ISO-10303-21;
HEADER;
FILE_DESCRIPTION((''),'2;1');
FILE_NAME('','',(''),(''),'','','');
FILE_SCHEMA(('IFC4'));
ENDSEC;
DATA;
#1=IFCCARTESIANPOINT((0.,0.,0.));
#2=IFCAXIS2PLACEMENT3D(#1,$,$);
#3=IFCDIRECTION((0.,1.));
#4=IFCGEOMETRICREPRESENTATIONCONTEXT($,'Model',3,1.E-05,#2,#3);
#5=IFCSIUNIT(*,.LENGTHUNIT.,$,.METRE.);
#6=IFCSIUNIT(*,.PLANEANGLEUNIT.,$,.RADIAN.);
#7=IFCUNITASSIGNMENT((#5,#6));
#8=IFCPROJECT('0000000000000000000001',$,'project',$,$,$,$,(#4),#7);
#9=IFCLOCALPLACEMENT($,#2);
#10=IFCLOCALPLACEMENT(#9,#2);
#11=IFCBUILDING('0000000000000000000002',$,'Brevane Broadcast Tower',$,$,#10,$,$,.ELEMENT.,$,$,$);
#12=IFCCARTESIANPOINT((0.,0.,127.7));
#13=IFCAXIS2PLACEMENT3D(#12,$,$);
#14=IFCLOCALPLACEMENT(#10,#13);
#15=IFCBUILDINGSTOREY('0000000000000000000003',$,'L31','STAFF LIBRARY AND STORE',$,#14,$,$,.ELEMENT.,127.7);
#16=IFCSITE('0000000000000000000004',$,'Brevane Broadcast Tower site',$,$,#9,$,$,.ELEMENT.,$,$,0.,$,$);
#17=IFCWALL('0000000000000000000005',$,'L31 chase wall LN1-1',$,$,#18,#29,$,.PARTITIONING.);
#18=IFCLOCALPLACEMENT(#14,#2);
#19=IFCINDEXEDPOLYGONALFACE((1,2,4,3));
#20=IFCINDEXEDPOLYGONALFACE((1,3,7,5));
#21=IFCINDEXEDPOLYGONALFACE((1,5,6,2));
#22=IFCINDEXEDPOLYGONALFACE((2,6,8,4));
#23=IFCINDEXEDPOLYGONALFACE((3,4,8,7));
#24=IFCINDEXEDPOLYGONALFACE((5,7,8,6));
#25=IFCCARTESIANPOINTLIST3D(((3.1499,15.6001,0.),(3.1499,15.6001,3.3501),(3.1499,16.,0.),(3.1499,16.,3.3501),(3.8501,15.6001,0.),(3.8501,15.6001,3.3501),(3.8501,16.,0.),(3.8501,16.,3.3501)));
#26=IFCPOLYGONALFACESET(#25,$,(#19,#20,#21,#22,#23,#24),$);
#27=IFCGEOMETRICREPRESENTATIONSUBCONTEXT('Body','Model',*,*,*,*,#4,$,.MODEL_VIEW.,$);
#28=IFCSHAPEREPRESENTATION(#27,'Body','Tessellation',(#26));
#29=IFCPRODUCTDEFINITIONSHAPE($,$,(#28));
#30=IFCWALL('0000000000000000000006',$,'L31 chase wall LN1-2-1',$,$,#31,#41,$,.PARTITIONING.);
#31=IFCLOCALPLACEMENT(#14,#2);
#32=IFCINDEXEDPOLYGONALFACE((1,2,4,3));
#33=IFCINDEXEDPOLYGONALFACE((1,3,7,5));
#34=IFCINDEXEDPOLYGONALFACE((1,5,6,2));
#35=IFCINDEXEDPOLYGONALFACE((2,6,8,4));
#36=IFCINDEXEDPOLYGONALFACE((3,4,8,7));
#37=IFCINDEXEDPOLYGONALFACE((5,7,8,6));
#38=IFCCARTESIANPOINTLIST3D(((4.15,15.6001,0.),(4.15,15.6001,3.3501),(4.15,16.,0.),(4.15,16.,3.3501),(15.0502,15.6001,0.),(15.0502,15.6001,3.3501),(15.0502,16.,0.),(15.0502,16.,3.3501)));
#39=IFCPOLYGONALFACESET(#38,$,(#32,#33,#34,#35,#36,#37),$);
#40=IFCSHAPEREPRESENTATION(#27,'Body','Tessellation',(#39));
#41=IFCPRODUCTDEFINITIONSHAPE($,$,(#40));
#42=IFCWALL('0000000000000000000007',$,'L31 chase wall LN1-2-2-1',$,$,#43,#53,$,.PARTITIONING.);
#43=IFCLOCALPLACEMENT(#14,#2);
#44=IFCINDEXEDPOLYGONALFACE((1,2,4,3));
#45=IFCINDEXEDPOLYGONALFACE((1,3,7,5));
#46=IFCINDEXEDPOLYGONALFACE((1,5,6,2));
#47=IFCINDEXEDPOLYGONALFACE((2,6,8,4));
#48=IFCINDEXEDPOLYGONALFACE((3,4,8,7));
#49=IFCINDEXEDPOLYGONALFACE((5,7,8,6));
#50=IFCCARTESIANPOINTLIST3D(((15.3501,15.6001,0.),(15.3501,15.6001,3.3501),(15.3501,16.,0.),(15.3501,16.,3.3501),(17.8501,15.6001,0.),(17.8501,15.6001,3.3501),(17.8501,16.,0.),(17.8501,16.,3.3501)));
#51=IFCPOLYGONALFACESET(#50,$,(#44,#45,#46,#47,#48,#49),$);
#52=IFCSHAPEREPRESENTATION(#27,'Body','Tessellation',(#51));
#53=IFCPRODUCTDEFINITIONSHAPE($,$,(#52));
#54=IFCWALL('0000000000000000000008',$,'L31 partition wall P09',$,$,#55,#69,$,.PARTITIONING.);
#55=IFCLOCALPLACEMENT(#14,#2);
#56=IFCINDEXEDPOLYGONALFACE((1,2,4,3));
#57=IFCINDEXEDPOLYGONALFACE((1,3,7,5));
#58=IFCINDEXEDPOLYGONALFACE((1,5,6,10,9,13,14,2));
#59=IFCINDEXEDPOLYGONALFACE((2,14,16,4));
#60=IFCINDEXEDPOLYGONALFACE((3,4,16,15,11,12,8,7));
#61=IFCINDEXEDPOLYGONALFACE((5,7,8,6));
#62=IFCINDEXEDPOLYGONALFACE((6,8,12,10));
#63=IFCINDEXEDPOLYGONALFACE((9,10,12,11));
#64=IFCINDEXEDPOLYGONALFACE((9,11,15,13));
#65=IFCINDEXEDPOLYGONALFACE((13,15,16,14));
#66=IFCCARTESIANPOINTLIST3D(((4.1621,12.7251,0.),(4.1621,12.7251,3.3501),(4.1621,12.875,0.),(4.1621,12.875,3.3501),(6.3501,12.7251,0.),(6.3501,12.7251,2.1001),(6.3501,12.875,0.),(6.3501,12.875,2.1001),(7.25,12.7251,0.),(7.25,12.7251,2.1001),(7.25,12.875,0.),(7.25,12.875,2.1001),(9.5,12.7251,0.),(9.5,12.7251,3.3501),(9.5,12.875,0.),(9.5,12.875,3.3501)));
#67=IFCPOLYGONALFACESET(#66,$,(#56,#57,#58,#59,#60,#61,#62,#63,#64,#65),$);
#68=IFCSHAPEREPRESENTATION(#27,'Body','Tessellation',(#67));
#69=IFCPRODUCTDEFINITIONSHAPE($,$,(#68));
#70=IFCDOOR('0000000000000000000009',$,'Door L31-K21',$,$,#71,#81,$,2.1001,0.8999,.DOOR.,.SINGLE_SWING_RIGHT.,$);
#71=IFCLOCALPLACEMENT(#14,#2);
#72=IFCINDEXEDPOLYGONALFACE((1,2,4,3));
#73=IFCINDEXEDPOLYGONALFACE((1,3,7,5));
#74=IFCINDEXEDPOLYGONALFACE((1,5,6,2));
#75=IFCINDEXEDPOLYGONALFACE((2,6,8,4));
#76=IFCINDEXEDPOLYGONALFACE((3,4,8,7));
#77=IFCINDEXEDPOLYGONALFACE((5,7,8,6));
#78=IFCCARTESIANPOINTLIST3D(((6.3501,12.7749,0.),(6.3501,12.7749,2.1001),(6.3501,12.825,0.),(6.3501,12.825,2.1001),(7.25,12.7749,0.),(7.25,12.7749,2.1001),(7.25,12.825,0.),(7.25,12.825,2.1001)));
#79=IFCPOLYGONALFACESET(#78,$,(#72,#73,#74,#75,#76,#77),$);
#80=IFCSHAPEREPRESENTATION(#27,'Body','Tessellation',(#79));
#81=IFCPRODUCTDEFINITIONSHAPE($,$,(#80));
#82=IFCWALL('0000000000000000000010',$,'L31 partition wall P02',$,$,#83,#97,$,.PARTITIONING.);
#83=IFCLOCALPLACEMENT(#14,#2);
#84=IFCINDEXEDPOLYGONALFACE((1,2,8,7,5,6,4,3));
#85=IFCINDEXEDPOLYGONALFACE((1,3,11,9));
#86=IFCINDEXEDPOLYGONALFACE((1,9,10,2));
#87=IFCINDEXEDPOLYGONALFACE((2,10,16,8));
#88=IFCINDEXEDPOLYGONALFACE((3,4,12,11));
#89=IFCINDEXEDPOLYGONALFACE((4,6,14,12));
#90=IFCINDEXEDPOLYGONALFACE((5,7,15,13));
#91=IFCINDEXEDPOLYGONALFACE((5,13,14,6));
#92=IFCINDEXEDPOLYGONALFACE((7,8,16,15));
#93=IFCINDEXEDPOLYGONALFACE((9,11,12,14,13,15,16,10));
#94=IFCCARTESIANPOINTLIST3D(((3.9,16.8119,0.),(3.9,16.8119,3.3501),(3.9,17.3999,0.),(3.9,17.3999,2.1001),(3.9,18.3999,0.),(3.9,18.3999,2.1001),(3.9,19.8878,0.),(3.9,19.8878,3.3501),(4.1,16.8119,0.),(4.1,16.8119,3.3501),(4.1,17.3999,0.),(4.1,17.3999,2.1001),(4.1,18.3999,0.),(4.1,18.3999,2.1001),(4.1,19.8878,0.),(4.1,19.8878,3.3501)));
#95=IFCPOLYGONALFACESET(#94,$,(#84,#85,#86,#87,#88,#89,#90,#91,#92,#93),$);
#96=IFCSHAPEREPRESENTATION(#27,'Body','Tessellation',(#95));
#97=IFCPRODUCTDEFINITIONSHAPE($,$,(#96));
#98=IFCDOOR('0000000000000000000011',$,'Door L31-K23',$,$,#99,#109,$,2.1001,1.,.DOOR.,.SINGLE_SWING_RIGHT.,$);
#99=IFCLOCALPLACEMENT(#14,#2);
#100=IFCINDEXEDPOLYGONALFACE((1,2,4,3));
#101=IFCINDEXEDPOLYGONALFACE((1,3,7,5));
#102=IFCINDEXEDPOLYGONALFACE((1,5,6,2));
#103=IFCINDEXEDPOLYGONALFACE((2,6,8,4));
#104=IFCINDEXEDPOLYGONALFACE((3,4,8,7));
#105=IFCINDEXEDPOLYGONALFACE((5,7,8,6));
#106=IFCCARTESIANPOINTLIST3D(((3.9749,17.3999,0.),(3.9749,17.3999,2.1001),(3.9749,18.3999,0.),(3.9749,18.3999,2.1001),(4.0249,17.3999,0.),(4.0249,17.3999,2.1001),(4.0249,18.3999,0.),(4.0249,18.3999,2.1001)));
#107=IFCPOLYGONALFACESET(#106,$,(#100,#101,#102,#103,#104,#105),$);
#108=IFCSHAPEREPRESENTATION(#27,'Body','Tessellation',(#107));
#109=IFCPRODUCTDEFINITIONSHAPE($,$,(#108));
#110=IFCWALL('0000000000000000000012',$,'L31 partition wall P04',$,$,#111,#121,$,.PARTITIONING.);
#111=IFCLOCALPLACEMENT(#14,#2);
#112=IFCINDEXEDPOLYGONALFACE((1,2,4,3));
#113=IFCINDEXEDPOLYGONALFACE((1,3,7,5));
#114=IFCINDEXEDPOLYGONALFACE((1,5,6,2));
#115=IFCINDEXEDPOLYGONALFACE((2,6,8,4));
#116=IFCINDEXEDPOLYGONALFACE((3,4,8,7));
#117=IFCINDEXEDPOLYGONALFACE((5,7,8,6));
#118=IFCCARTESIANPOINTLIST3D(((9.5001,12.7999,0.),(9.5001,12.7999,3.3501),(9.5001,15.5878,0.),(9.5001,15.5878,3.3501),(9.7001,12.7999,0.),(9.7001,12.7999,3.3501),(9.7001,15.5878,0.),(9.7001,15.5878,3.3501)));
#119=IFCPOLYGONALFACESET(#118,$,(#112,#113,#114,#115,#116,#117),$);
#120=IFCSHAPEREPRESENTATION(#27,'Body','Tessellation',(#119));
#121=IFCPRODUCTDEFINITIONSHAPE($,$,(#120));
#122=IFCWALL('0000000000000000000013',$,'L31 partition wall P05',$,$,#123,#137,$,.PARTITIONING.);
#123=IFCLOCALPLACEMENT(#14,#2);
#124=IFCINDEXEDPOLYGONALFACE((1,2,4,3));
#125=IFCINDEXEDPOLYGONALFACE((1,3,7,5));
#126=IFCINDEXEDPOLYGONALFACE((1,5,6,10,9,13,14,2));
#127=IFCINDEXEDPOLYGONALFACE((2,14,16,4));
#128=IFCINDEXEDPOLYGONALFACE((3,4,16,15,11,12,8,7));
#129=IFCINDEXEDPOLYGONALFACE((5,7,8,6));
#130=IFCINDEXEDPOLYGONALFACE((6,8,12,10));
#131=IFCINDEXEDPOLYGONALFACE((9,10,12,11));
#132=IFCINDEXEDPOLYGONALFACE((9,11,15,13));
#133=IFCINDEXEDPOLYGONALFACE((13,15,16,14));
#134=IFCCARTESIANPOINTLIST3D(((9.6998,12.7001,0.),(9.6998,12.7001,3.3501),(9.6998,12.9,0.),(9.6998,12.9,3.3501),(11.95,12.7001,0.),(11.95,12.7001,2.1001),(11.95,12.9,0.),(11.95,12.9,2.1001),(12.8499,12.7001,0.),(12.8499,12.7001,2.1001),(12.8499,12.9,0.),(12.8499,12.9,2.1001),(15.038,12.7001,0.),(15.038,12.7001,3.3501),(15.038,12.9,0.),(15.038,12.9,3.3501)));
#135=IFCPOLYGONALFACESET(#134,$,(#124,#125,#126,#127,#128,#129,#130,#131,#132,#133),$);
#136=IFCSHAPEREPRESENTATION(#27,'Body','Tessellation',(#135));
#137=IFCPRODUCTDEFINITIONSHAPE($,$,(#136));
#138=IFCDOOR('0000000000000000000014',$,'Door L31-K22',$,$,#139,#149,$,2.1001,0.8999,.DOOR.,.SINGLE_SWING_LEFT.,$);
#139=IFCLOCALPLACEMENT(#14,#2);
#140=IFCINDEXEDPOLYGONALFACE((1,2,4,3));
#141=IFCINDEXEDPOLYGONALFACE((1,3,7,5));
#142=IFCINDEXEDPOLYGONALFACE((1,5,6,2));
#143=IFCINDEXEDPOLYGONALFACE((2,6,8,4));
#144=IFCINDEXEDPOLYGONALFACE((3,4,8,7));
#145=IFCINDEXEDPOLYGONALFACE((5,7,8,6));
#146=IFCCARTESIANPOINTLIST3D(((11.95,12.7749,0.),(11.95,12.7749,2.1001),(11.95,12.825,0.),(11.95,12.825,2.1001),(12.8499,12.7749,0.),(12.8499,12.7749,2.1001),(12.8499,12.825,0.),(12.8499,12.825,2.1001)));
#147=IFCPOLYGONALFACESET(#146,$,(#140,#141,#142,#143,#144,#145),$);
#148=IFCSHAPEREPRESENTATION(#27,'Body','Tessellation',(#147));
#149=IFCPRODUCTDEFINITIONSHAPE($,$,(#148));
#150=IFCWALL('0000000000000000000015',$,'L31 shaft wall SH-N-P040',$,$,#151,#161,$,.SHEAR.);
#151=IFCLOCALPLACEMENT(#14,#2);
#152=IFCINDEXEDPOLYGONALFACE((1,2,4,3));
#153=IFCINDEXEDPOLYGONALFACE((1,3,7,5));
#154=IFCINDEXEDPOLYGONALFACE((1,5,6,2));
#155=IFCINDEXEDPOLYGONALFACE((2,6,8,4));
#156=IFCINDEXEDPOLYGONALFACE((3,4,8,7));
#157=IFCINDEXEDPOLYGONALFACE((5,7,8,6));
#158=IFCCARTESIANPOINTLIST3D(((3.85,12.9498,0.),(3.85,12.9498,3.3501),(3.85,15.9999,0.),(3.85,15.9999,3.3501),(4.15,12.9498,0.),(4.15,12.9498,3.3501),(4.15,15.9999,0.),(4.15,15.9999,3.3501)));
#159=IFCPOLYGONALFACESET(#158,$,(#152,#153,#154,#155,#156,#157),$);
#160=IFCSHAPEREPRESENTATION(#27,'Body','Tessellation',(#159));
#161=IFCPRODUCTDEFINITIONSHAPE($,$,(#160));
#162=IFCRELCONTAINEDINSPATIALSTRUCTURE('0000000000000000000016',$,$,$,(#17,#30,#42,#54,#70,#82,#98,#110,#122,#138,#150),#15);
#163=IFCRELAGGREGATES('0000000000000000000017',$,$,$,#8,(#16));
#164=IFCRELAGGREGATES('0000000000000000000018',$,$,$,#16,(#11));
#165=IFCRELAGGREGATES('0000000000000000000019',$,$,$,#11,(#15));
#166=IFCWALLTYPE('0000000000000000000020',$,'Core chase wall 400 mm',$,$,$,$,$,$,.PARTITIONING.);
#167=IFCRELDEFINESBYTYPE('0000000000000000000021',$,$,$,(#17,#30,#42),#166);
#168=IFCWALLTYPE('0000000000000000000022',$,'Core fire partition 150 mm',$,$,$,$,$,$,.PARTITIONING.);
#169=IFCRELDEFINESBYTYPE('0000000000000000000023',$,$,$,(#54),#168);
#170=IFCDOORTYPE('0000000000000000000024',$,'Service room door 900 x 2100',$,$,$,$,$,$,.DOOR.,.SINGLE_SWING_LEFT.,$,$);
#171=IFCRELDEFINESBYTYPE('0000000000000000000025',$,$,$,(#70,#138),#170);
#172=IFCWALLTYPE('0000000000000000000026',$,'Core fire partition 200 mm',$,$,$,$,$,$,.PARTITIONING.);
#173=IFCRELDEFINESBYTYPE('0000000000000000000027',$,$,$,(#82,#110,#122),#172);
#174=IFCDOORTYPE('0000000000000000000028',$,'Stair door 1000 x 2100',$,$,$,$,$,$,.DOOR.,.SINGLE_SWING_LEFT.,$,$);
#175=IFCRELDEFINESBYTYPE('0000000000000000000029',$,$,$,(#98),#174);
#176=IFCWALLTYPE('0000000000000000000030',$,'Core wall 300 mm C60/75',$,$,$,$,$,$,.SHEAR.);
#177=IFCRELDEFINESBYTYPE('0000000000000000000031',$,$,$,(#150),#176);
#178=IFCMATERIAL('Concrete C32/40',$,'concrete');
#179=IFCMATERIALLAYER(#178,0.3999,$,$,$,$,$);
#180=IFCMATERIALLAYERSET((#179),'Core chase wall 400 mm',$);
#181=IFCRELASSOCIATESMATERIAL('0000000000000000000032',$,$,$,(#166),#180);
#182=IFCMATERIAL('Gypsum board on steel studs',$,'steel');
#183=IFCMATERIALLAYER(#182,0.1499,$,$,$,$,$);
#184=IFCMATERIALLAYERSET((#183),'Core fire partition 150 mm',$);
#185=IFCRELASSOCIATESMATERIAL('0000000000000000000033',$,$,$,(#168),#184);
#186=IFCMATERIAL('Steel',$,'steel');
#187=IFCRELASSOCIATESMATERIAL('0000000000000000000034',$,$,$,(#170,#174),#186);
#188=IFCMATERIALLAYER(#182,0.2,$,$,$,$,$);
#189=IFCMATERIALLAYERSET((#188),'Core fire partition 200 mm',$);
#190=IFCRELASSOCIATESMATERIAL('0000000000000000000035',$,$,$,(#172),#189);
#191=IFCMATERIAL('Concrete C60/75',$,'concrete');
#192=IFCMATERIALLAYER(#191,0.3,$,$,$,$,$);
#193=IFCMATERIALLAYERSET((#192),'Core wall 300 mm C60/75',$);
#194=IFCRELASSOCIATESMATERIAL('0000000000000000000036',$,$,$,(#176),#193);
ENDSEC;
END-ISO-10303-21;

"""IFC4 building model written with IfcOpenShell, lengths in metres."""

from ifc_helpers import new_model, si_unit, direction, frame, frame_2d, origin, place, context, subcontext, project, spatial, rectangle, extrude, material, layer, layer_set, type_object, element, fill, save


model = new_model("IFC4")

# Units and contexts
model_context = context("Model", 3, precision=1e-05, world=origin(), true_north=direction((0.0, 1.0)))
body_context = subcontext(model_context, "Body", "Model", "MODEL_VIEW")
ifc_project = project(units=[si_unit("LENGTHUNIT", "METRE"), si_unit("PLANEANGLEUNIT", "RADIAN")], contexts=[model_context])

# Site, building, storey
site_placement = place(None, origin())
site = spatial("IfcSite", under=ifc_project, at=site_placement, Name="Brevane Broadcast Tower site", CompositionType="ELEMENT", RefElevation=0.0)
building_placement = place(site_placement, origin())
building = spatial("IfcBuilding", under=site, at=building_placement, Name="Brevane Broadcast Tower", CompositionType="ELEMENT")
storey_placement = place(building_placement, frame((0.0, 0.0, 127.7)))
storey = spatial("IfcBuildingStorey", under=building, at=storey_placement, Name="L31", Description="STAFF LIBRARY AND STORE", CompositionType="ELEMENT", Elevation=127.7)

# Walls
ifc_material_1 = material(Name="Concrete C32/40", Category="concrete")
ifc_layer_1 = layer(ifc_material_1, 0.3999)
ifc_layer_set_1 = layer_set([ifc_layer_1], Name="Core chase wall 400 mm")
wall_type_1 = type_object("IfcWallType", Name="Core chase wall 400 mm", PredefinedType="PARTITIONING", material=ifc_layer_set_1)
wall_1_placement = place(storey_placement, frame((3.1499, 15.8, 0.0), z_axis=(0.0, 0.0, 1.0), x_axis=(1.0, 0.0, 0.0)))
element("IfcWall", 1, at=wall_1_placement, inside=storey, type_object=wall_type_1, Name="L31 chase wall LN1-1", PredefinedType="PARTITIONING", context=body_context, shape_type="SweptSolid", body=[
    extrude(rectangle(XDim=0.7002, YDim=0.3999, at=frame_2d((0.3501, 0.0))), origin(), (0.0, 0.0, 1.0), 3.3501),
])
wall_2_placement = place(storey_placement, frame((4.1499, 15.8, 0.0), z_axis=(0.0, 0.0, 1.0), x_axis=(1.0, 0.0, 0.0)))
element("IfcWall", 2, at=wall_2_placement, inside=storey, type_object=wall_type_1, Name="L31 chase wall LN1-2-1", PredefinedType="PARTITIONING", context=body_context, shape_type="SweptSolid", body=[
    extrude(rectangle(XDim=10.9001, YDim=0.3999, at=frame_2d((5.4502, 0.0))), origin(), (0.0, 0.0, 1.0), 3.3501),
])
wall_3_placement = place(storey_placement, frame((15.3501, 15.8, 0.0), z_axis=(0.0, 0.0, 1.0), x_axis=(1.0, 0.0, 0.0)))
element("IfcWall", 3, at=wall_3_placement, inside=storey, type_object=wall_type_1, Name="L31 chase wall LN1-2-2-1", PredefinedType="PARTITIONING", context=body_context, shape_type="SweptSolid", body=[
    extrude(rectangle(XDim=2.5, YDim=0.3999, at=frame_2d((1.25, 0.0))), origin(), (0.0, 0.0, 1.0), 3.3501),
])

# Walls, openings, doors
ifc_material_2 = material(Name="Gypsum board on steel studs", Category="steel")
ifc_layer_2 = layer(ifc_material_2, 0.1499)
ifc_layer_set_2 = layer_set([ifc_layer_2], Name="Core fire partition 150 mm")
wall_type_2 = type_object("IfcWallType", Name="Core fire partition 150 mm", PredefinedType="PARTITIONING", material=ifc_layer_set_2)
wall_4_placement = place(storey_placement, frame((4.1621, 12.8, 0.0), z_axis=(0.0, 0.0, 1.0), x_axis=(1.0, 0.0, 0.0)))
wall_4 = element("IfcWall", 4, at=wall_4_placement, inside=storey, type_object=wall_type_2, Name="L31 partition wall P09", PredefinedType="PARTITIONING", context=body_context, shape_type="SweptSolid", body=[
    extrude(rectangle(XDim=5.3379, YDim=0.1499, at=frame_2d((2.6689, 0.0))), origin(), (0.0, 0.0, 1.0), 3.3501),
])
opening_1_placement = place(wall_4_placement, frame((2.188, 0.0, 0.0)))
opening_1 = element("IfcOpeningElement", 5, at=opening_1_placement, cuts=wall_4, PredefinedType="OPENING", context=body_context, shape_type="SweptSolid", body=[
    extrude(rectangle(XDim=0.8999, YDim=2.1001, at=frame_2d((0.45, 1.05))), frame((0.0, 0.085, 0.0), z_axis=(0.0, -1.0, 0.0), x_axis=(1.0, 0.0, 0.0)), (0.0, 0.0, 1.0), 0.1699),
])
ifc_material_3 = material(Name="Steel", Category="steel")
door_type_1 = type_object("IfcDoorType", Name="Service room door 900 x 2100", OperationType="SINGLE_SWING_LEFT", PredefinedType="DOOR", material=ifc_material_3)
door_1_placement = place(opening_1_placement, origin())
door_1 = element("IfcDoor", 6, at=door_1_placement, inside=storey, type_object=door_type_1, Name="Door L31-K21", OperationType="SINGLE_SWING_RIGHT", OverallHeight=2.1001, OverallWidth=0.8999, PredefinedType="DOOR", context=body_context, shape_type="SweptSolid", body=[
    extrude(rectangle(XDim=0.8999, YDim=2.1001, at=frame_2d((0.45, 1.05))), frame((0.0, 0.0249, 0.0), z_axis=(0.0, -1.0, 0.0), x_axis=(1.0, 0.0, 0.0)), (0.0, 0.0, 1.0), 0.05),
])
fill(opening_1, door_1)
ifc_layer_3 = layer(ifc_material_2, 0.2)
ifc_layer_set_3 = layer_set([ifc_layer_3], Name="Core fire partition 200 mm")
wall_type_3 = type_object("IfcWallType", Name="Core fire partition 200 mm", PredefinedType="PARTITIONING", material=ifc_layer_set_3)
wall_5_placement = place(storey_placement, frame((4.0, 19.8879, 0.0), z_axis=(0.0, 0.0, 1.0), x_axis=(0.0, -1.0, 0.0)))
wall_5 = element("IfcWall", 7, at=wall_5_placement, inside=storey, type_object=wall_type_3, Name="L31 partition wall P02", PredefinedType="PARTITIONING", context=body_context, shape_type="SweptSolid", body=[
    extrude(rectangle(XDim=3.0759, YDim=0.2, at=frame_2d((1.5381, 0.0))), origin(), (0.0, 0.0, 1.0), 3.3501),
])
opening_2_placement = place(wall_5_placement, frame((1.488, 0.0, 0.0)))
opening_2 = element("IfcOpeningElement", 8, at=opening_2_placement, cuts=wall_5, PredefinedType="OPENING", context=body_context, shape_type="SweptSolid", body=[
    extrude(rectangle(XDim=1.0, YDim=2.1001, at=frame_2d((0.5, 1.05))), frame((0.0, 0.1099, 0.0), z_axis=(0.0, -1.0, 0.0), x_axis=(1.0, 0.0, 0.0)), (0.0, 0.0, 1.0), 0.22),
])
door_type_2 = type_object("IfcDoorType", Name="Stair door 1000 x 2100", OperationType="SINGLE_SWING_LEFT", PredefinedType="DOOR", material=ifc_material_3)
door_2_placement = place(opening_2_placement, origin())
door_2 = element("IfcDoor", 9, at=door_2_placement, inside=storey, type_object=door_type_2, Name="Door L31-K23", OperationType="SINGLE_SWING_RIGHT", OverallHeight=2.1001, OverallWidth=1.0, PredefinedType="DOOR", context=body_context, shape_type="SweptSolid", body=[
    extrude(rectangle(XDim=1.0, YDim=2.1001, at=frame_2d((0.5, 1.05))), frame((0.0, 0.0249, 0.0), z_axis=(0.0, -1.0, 0.0), x_axis=(1.0, 0.0, 0.0)), (0.0, 0.0, 1.0), 0.05),
])
fill(opening_2, door_2)

# Wall
wall_6_placement = place(storey_placement, frame((9.6001, 15.5879, 0.0), z_axis=(0.0, 0.0, 1.0), x_axis=(0.0, -1.0, 0.0)))
element("IfcWall", 10, at=wall_6_placement, inside=storey, type_object=wall_type_3, Name="L31 partition wall P04", PredefinedType="PARTITIONING", context=body_context, shape_type="SweptSolid", body=[
    extrude(rectangle(XDim=2.7878, YDim=0.2, at=frame_2d((1.394, 0.0))), origin(), (0.0, 0.0, 1.0), 3.3501),
])

# Wall, opening, door
wall_7_placement = place(storey_placement, frame((9.7, 12.8, 0.0), z_axis=(0.0, 0.0, 1.0), x_axis=(1.0, 0.0, 0.0)))
wall_7 = element("IfcWall", 11, at=wall_7_placement, inside=storey, type_object=wall_type_3, Name="L31 partition wall P05", PredefinedType="PARTITIONING", context=body_context, shape_type="SweptSolid", body=[
    extrude(rectangle(XDim=5.3381, YDim=0.2, at=frame_2d((2.6689, 0.0))), origin(), (0.0, 0.0, 1.0), 3.3501),
])
opening_3_placement = place(wall_7_placement, frame((2.25, 0.0, 0.0)))
opening_3 = element("IfcOpeningElement", 12, at=opening_3_placement, cuts=wall_7, PredefinedType="OPENING", context=body_context, shape_type="SweptSolid", body=[
    extrude(rectangle(XDim=0.8999, YDim=2.1001, at=frame_2d((0.45, 1.05))), frame((0.0, 0.1099, 0.0), z_axis=(0.0, -1.0, 0.0), x_axis=(1.0, 0.0, 0.0)), (0.0, 0.0, 1.0), 0.22),
])
door_3_placement = place(opening_3_placement, origin())
door_3 = element("IfcDoor", 13, at=door_3_placement, inside=storey, type_object=door_type_1, Name="Door L31-K22", OperationType="SINGLE_SWING_LEFT", OverallHeight=2.1001, OverallWidth=0.8999, PredefinedType="DOOR", context=body_context, shape_type="SweptSolid", body=[
    extrude(rectangle(XDim=0.8999, YDim=2.1001, at=frame_2d((0.45, 1.05))), frame((0.0, 0.0249, 0.0), z_axis=(0.0, -1.0, 0.0), x_axis=(1.0, 0.0, 0.0)), (0.0, 0.0, 1.0), 0.05),
])
fill(opening_3, door_3)

# Wall
ifc_material_4 = material(Name="Concrete C60/75", Category="concrete")
ifc_layer_4 = layer(ifc_material_4, 0.3)
ifc_layer_set_4 = layer_set([ifc_layer_4], Name="Core wall 300 mm C60/75")
wall_type_4 = type_object("IfcWallType", Name="Core wall 300 mm C60/75", PredefinedType="SHEAR", material=ifc_layer_set_4)
wall_8_placement = place(storey_placement, frame((4.0, 12.95, 0.0), z_axis=(0.0, 0.0, 1.0), x_axis=(0.0, 1.0, 0.0)))
element("IfcWall", 14, at=wall_8_placement, inside=storey, type_object=wall_type_4, Name="L31 shaft wall SH-N-P040", PredefinedType="SHEAR", context=body_context, shape_type="SweptSolid", body=[
    extrude(rectangle(XDim=3.05, YDim=0.3, at=frame_2d((1.5249, 0.0))), origin(), (0.0, 0.0, 1.0), 3.3501),
])

save(model, "model.ifc")
